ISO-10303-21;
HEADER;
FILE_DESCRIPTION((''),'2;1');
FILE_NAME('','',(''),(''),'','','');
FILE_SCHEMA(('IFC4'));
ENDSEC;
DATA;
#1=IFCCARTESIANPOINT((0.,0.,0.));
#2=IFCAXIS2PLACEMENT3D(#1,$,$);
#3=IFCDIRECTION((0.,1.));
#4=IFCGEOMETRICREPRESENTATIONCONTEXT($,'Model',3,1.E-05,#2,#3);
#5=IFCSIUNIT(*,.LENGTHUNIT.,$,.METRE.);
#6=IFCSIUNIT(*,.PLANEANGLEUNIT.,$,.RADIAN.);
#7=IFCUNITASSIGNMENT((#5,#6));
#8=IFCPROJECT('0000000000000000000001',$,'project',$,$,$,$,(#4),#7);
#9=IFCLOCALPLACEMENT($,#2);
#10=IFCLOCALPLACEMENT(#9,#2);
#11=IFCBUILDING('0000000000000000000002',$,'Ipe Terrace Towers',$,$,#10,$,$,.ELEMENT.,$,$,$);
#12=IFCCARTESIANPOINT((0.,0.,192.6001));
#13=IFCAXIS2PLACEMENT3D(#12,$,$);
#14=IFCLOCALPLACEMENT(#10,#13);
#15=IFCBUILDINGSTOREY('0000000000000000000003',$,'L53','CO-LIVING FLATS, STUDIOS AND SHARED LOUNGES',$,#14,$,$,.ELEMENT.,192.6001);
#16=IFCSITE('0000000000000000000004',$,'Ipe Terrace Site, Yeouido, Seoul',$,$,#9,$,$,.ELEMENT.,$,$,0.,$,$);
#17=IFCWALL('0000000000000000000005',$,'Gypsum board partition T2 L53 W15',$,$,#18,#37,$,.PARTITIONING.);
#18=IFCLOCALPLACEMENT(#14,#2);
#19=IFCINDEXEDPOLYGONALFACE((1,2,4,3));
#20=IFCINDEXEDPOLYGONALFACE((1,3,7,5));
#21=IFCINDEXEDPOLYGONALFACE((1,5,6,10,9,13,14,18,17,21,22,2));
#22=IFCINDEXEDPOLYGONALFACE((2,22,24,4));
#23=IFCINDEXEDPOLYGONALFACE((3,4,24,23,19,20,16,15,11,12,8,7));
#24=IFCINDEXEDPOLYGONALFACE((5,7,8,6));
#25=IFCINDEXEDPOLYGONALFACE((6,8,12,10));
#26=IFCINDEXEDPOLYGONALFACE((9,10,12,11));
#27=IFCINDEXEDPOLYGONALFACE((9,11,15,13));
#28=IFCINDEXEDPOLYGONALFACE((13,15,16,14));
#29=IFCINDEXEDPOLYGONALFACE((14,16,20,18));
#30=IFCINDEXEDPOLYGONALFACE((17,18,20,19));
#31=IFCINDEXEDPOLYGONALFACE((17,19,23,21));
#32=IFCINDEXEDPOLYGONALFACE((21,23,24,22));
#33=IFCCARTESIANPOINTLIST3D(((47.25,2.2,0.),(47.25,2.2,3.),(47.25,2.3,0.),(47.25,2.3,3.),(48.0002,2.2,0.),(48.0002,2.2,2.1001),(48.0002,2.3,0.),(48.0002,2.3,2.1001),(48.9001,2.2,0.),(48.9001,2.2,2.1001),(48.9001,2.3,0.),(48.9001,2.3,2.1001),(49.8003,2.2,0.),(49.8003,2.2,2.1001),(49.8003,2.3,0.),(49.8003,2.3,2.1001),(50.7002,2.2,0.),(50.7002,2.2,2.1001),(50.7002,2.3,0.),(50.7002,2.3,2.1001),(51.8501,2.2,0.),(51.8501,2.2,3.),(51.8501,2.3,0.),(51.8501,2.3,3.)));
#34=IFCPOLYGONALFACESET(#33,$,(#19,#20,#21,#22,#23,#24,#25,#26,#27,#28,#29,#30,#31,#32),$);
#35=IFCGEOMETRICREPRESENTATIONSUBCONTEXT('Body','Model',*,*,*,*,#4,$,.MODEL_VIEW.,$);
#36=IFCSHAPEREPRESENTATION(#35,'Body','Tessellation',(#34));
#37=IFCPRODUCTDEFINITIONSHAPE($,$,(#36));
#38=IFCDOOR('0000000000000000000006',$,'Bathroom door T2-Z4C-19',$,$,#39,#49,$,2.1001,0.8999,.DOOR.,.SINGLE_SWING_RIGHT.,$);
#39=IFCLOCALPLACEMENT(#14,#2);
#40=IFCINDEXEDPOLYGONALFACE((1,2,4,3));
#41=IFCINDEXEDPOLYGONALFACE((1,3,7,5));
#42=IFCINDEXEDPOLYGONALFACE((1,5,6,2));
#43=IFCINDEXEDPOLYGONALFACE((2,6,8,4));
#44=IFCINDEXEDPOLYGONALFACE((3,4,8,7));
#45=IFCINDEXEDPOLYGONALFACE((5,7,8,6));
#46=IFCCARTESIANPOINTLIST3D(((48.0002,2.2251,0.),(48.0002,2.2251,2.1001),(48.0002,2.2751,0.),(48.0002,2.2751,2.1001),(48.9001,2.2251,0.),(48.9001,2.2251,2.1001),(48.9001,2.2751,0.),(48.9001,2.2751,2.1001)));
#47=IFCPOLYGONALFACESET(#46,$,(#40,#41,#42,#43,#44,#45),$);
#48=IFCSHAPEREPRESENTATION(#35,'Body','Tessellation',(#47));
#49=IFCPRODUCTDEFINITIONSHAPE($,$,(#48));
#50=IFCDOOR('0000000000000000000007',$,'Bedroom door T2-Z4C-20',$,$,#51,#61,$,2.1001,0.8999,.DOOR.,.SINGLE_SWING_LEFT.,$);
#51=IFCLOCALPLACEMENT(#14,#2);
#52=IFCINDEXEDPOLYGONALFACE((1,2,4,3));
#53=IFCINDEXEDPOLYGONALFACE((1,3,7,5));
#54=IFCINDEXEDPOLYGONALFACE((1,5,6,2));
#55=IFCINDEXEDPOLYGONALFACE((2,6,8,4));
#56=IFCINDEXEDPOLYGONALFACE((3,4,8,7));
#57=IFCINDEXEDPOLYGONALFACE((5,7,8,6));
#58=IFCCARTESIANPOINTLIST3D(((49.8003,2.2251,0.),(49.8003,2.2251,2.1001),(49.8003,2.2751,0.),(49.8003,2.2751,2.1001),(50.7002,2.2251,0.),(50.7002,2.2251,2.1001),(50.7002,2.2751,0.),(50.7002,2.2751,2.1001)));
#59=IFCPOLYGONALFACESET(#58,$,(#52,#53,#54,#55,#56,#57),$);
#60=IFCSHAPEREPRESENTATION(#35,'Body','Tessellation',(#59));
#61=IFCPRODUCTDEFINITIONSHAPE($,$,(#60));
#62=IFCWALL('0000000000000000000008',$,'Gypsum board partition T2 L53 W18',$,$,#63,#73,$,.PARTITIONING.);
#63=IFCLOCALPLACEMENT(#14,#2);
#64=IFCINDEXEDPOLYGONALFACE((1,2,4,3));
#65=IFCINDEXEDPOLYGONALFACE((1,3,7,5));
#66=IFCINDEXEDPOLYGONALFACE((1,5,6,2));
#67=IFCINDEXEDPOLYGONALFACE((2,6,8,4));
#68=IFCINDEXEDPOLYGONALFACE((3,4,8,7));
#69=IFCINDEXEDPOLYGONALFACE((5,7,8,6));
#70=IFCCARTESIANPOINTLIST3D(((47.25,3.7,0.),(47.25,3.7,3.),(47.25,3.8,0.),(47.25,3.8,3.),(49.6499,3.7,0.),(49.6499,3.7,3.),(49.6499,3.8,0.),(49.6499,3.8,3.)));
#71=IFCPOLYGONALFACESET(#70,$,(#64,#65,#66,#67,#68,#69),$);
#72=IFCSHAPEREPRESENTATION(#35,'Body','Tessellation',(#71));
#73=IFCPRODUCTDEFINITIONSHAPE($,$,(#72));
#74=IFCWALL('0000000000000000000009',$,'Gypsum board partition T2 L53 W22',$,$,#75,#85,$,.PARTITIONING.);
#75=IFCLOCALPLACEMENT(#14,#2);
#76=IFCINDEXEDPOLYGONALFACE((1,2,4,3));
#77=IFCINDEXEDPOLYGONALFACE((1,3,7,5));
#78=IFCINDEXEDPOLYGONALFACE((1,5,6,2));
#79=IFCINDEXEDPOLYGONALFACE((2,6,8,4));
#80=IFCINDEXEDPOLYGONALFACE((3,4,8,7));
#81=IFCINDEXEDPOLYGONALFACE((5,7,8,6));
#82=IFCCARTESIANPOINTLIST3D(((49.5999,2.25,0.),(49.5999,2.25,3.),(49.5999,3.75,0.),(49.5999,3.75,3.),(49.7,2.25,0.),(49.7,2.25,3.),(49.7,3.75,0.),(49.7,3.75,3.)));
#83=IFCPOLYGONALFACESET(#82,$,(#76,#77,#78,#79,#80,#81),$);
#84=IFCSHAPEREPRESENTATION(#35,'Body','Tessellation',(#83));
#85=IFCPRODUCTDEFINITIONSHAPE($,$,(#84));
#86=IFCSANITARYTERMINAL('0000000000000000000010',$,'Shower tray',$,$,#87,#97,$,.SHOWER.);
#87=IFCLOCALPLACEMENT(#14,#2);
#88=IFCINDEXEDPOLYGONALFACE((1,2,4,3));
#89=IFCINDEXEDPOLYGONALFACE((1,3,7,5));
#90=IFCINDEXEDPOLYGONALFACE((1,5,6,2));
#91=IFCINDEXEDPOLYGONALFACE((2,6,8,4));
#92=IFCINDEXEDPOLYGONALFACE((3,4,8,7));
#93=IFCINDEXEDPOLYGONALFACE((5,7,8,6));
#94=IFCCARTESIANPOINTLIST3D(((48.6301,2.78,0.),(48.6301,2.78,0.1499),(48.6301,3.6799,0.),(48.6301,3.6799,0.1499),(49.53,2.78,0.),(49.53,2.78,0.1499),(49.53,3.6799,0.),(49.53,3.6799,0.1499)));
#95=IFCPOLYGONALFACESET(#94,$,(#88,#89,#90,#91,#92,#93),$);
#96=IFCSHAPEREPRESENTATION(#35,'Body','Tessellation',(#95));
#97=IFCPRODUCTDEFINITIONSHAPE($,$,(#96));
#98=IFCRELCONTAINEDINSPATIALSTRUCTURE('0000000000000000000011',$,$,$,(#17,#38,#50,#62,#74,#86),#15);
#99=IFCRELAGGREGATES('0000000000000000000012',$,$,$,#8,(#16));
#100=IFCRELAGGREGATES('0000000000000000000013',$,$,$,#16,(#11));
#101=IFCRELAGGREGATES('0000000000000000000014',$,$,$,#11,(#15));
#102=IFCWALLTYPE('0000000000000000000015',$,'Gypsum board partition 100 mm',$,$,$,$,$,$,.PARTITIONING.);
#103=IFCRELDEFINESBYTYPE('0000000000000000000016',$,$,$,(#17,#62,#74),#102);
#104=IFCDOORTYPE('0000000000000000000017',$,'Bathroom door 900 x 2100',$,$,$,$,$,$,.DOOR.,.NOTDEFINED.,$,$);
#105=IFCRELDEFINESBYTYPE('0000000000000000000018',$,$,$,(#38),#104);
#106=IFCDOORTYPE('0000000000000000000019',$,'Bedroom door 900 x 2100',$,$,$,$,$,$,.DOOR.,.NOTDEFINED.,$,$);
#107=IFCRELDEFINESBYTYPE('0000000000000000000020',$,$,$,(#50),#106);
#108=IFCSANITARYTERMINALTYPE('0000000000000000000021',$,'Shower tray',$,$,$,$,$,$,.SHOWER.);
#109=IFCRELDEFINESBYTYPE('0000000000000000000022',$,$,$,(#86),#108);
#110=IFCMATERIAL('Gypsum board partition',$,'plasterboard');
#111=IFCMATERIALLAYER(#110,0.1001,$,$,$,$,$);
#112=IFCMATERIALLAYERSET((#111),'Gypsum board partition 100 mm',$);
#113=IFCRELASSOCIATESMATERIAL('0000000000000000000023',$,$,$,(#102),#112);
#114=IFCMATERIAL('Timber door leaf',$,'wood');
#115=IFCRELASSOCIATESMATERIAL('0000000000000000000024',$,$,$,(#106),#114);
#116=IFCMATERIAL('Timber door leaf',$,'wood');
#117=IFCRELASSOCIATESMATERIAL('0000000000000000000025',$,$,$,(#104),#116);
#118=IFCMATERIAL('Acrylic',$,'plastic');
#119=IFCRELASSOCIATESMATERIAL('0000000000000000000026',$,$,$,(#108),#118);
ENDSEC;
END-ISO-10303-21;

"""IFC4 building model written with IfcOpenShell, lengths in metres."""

from ifc_helpers import new_model, si_unit, direction, frame, frame_2d, origin, origin_2d, place, context, subcontext, project, spatial, rectangle, extrude, material, layer, layer_set, type_object, element, fill, save


model = new_model("IFC4")

# Units and contexts
model_context = context("Model", 3, precision=1e-05, world=origin(), true_north=direction((0.0, 1.0)))
body_context = subcontext(model_context, "Body", "Model", "MODEL_VIEW")
ifc_project = project(units=[si_unit("LENGTHUNIT", "METRE"), si_unit("PLANEANGLEUNIT", "RADIAN")], contexts=[model_context])

# Site, building, storey
site_placement = place(None, origin())
site = spatial("IfcSite", under=ifc_project, at=site_placement, Name="Ipe Terrace Site, Yeouido, Seoul", CompositionType="ELEMENT", RefElevation=0.0)
building_placement = place(site_placement, origin())
building = spatial("IfcBuilding", under=site, at=building_placement, Name="Ipe Terrace Towers", CompositionType="ELEMENT")
storey_placement = place(building_placement, frame((0.0, 0.0, 192.6001)))
storey = spatial("IfcBuildingStorey", under=building, at=storey_placement, Name="L53", Description="CO-LIVING FLATS, STUDIOS AND SHARED LOUNGES", CompositionType="ELEMENT", Elevation=192.6001)

# Shared definitions
ifc_material_1 = material(Name="Gypsum board partition", Category="plasterboard")
ifc_layer_1 = layer(ifc_material_1, 0.1001)
ifc_layer_set_1 = layer_set([ifc_layer_1], Name="Gypsum board partition 100 mm")
wall_type_1 = type_object("IfcWallType", Name="Gypsum board partition 100 mm", PredefinedType="PARTITIONING", material=ifc_layer_set_1)
ifc_material_2 = material(Name="Timber door leaf", Category="wood")
door_type_1 = type_object("IfcDoorType", Name="Bedroom door 900 x 2100", OperationType="NOTDEFINED", PredefinedType="DOOR", material=ifc_material_2)

# Wall, openings, doors
wall_1_placement = place(storey_placement, frame((51.8501, 2.25, 0.0), z_axis=(0.0, 0.0, 1.0), x_axis=(-1.0, 0.0, 0.0)))
wall_1 = element("IfcWall", 1, at=wall_1_placement, inside=storey, type_object=wall_type_1, Name="Gypsum board partition T2 L53 W15", PredefinedType="PARTITIONING", context=body_context, shape_type="SweptSolid", body=[
    extrude(rectangle(XDim=4.6001, YDim=0.1001, at=frame_2d((2.3, 0.0))), origin(), (0.0, 0.0, 1.0), 3.0),
])
opening_1_placement = place(wall_1_placement, frame((2.95, 0.0, 0.0)))
opening_1 = element("IfcOpeningElement", 2, at=opening_1_placement, cuts=wall_1, PredefinedType="OPENING", context=body_context, shape_type="SweptSolid", body=[
    extrude(rectangle(XDim=0.8999, YDim=2.1001, at=frame_2d((0.45, 1.05))), frame((0.0, 0.0601, 0.0), z_axis=(0.0, -1.0, 0.0), x_axis=(1.0, 0.0, 0.0)), (0.0, 0.0, 1.0), 0.1201),
])
opening_2_placement = place(wall_1_placement, frame((1.1499, 0.0, 0.0)))
opening_2 = element("IfcOpeningElement", 3, at=opening_2_placement, cuts=wall_1, PredefinedType="OPENING", context=body_context, shape_type="SweptSolid", body=[
    extrude(rectangle(XDim=0.8999, YDim=2.1001, at=frame_2d((0.45, 1.05))), frame((0.0, 0.0601, 0.0), z_axis=(0.0, -1.0, 0.0), x_axis=(1.0, 0.0, 0.0)), (0.0, 0.0, 1.0), 0.1201),
])
ifc_material_3 = material(Name="Timber door leaf", Category="wood")
door_type_2 = type_object("IfcDoorType", Name="Bathroom door 900 x 2100", OperationType="NOTDEFINED", PredefinedType="DOOR", material=ifc_material_3)
door_1_placement = place(opening_1_placement, origin())
door_1 = element("IfcDoor", 4, at=door_1_placement, inside=storey, type_object=door_type_2, Name="Bathroom door T2-Z4C-19", OperationType="SINGLE_SWING_RIGHT", OverallHeight=2.1001, OverallWidth=0.8999, PredefinedType="DOOR", context=body_context, shape_type="SweptSolid", body=[
    extrude(rectangle(XDim=0.8999, YDim=2.1001, at=frame_2d((0.45, 1.05))), frame((0.0, 0.0249, 0.0), z_axis=(0.0, -1.0, 0.0), x_axis=(1.0, 0.0, 0.0)), (0.0, 0.0, 1.0), 0.05),
])
fill(opening_1, door_1)
door_2_placement = place(opening_2_placement, origin())
door_2 = element("IfcDoor", 5, at=door_2_placement, inside=storey, type_object=door_type_1, Name="Bedroom door T2-Z4C-20", OperationType="SINGLE_SWING_LEFT", OverallHeight=2.1001, OverallWidth=0.8999, PredefinedType="DOOR", context=body_context, shape_type="SweptSolid", body=[
    extrude(rectangle(XDim=0.8999, YDim=2.1001, at=frame_2d((0.45, 1.05))), frame((0.0, 0.0249, 0.0), z_axis=(0.0, -1.0, 0.0), x_axis=(1.0, 0.0, 0.0)), (0.0, 0.0, 1.0), 0.05),
])
fill(opening_2, door_2)

# Walls
wall_2_placement = place(storey_placement, frame((49.6499, 3.75, 0.0), z_axis=(0.0, 0.0, 1.0), x_axis=(-1.0, 0.0, 0.0)))
element("IfcWall", 6, at=wall_2_placement, inside=storey, type_object=wall_type_1, Name="Gypsum board partition T2 L53 W18", PredefinedType="PARTITIONING", context=body_context, shape_type="SweptSolid", body=[
    extrude(rectangle(XDim=2.3999, YDim=0.1001, at=frame_2d((1.2, 0.0))), origin(), (0.0, 0.0, 1.0), 3.0),
])
wall_3_placement = place(storey_placement, frame((49.6499, 2.25, 0.0), z_axis=(0.0, 0.0, 1.0), x_axis=(0.0, 1.0, 0.0)))
element("IfcWall", 7, at=wall_3_placement, inside=storey, type_object=wall_type_1, Name="Gypsum board partition T2 L53 W22", PredefinedType="PARTITIONING", context=body_context, shape_type="SweptSolid", body=[
    extrude(rectangle(XDim=1.5, YDim=0.1001, at=frame_2d((0.75, 0.0))), origin(), (0.0, 0.0, 1.0), 3.0),
])

# Sanitary terminal
ifc_material_4 = material(Name="Acrylic", Category="plastic")
sanitary_terminal_type = type_object("IfcSanitaryTerminalType", Name="Shower tray", PredefinedType="SHOWER", material=ifc_material_4)
sanitary_terminal_placement = place(storey_placement, frame((49.0801, 3.23, 0.0), z_axis=(0.0, 0.0, 1.0), x_axis=(0.0, -1.0, 0.0)))
element("IfcSanitaryTerminal", 8, at=sanitary_terminal_placement, inside=storey, type_object=sanitary_terminal_type, Name="Shower tray", PredefinedType="SHOWER", context=body_context, shape_type="SweptSolid", body=[
    extrude(rectangle(XDim=0.8999, YDim=0.8999, at=origin_2d()), origin(), (0.0, 0.0, 1.0), 0.1499),
])

save(model, "model.ifc")
